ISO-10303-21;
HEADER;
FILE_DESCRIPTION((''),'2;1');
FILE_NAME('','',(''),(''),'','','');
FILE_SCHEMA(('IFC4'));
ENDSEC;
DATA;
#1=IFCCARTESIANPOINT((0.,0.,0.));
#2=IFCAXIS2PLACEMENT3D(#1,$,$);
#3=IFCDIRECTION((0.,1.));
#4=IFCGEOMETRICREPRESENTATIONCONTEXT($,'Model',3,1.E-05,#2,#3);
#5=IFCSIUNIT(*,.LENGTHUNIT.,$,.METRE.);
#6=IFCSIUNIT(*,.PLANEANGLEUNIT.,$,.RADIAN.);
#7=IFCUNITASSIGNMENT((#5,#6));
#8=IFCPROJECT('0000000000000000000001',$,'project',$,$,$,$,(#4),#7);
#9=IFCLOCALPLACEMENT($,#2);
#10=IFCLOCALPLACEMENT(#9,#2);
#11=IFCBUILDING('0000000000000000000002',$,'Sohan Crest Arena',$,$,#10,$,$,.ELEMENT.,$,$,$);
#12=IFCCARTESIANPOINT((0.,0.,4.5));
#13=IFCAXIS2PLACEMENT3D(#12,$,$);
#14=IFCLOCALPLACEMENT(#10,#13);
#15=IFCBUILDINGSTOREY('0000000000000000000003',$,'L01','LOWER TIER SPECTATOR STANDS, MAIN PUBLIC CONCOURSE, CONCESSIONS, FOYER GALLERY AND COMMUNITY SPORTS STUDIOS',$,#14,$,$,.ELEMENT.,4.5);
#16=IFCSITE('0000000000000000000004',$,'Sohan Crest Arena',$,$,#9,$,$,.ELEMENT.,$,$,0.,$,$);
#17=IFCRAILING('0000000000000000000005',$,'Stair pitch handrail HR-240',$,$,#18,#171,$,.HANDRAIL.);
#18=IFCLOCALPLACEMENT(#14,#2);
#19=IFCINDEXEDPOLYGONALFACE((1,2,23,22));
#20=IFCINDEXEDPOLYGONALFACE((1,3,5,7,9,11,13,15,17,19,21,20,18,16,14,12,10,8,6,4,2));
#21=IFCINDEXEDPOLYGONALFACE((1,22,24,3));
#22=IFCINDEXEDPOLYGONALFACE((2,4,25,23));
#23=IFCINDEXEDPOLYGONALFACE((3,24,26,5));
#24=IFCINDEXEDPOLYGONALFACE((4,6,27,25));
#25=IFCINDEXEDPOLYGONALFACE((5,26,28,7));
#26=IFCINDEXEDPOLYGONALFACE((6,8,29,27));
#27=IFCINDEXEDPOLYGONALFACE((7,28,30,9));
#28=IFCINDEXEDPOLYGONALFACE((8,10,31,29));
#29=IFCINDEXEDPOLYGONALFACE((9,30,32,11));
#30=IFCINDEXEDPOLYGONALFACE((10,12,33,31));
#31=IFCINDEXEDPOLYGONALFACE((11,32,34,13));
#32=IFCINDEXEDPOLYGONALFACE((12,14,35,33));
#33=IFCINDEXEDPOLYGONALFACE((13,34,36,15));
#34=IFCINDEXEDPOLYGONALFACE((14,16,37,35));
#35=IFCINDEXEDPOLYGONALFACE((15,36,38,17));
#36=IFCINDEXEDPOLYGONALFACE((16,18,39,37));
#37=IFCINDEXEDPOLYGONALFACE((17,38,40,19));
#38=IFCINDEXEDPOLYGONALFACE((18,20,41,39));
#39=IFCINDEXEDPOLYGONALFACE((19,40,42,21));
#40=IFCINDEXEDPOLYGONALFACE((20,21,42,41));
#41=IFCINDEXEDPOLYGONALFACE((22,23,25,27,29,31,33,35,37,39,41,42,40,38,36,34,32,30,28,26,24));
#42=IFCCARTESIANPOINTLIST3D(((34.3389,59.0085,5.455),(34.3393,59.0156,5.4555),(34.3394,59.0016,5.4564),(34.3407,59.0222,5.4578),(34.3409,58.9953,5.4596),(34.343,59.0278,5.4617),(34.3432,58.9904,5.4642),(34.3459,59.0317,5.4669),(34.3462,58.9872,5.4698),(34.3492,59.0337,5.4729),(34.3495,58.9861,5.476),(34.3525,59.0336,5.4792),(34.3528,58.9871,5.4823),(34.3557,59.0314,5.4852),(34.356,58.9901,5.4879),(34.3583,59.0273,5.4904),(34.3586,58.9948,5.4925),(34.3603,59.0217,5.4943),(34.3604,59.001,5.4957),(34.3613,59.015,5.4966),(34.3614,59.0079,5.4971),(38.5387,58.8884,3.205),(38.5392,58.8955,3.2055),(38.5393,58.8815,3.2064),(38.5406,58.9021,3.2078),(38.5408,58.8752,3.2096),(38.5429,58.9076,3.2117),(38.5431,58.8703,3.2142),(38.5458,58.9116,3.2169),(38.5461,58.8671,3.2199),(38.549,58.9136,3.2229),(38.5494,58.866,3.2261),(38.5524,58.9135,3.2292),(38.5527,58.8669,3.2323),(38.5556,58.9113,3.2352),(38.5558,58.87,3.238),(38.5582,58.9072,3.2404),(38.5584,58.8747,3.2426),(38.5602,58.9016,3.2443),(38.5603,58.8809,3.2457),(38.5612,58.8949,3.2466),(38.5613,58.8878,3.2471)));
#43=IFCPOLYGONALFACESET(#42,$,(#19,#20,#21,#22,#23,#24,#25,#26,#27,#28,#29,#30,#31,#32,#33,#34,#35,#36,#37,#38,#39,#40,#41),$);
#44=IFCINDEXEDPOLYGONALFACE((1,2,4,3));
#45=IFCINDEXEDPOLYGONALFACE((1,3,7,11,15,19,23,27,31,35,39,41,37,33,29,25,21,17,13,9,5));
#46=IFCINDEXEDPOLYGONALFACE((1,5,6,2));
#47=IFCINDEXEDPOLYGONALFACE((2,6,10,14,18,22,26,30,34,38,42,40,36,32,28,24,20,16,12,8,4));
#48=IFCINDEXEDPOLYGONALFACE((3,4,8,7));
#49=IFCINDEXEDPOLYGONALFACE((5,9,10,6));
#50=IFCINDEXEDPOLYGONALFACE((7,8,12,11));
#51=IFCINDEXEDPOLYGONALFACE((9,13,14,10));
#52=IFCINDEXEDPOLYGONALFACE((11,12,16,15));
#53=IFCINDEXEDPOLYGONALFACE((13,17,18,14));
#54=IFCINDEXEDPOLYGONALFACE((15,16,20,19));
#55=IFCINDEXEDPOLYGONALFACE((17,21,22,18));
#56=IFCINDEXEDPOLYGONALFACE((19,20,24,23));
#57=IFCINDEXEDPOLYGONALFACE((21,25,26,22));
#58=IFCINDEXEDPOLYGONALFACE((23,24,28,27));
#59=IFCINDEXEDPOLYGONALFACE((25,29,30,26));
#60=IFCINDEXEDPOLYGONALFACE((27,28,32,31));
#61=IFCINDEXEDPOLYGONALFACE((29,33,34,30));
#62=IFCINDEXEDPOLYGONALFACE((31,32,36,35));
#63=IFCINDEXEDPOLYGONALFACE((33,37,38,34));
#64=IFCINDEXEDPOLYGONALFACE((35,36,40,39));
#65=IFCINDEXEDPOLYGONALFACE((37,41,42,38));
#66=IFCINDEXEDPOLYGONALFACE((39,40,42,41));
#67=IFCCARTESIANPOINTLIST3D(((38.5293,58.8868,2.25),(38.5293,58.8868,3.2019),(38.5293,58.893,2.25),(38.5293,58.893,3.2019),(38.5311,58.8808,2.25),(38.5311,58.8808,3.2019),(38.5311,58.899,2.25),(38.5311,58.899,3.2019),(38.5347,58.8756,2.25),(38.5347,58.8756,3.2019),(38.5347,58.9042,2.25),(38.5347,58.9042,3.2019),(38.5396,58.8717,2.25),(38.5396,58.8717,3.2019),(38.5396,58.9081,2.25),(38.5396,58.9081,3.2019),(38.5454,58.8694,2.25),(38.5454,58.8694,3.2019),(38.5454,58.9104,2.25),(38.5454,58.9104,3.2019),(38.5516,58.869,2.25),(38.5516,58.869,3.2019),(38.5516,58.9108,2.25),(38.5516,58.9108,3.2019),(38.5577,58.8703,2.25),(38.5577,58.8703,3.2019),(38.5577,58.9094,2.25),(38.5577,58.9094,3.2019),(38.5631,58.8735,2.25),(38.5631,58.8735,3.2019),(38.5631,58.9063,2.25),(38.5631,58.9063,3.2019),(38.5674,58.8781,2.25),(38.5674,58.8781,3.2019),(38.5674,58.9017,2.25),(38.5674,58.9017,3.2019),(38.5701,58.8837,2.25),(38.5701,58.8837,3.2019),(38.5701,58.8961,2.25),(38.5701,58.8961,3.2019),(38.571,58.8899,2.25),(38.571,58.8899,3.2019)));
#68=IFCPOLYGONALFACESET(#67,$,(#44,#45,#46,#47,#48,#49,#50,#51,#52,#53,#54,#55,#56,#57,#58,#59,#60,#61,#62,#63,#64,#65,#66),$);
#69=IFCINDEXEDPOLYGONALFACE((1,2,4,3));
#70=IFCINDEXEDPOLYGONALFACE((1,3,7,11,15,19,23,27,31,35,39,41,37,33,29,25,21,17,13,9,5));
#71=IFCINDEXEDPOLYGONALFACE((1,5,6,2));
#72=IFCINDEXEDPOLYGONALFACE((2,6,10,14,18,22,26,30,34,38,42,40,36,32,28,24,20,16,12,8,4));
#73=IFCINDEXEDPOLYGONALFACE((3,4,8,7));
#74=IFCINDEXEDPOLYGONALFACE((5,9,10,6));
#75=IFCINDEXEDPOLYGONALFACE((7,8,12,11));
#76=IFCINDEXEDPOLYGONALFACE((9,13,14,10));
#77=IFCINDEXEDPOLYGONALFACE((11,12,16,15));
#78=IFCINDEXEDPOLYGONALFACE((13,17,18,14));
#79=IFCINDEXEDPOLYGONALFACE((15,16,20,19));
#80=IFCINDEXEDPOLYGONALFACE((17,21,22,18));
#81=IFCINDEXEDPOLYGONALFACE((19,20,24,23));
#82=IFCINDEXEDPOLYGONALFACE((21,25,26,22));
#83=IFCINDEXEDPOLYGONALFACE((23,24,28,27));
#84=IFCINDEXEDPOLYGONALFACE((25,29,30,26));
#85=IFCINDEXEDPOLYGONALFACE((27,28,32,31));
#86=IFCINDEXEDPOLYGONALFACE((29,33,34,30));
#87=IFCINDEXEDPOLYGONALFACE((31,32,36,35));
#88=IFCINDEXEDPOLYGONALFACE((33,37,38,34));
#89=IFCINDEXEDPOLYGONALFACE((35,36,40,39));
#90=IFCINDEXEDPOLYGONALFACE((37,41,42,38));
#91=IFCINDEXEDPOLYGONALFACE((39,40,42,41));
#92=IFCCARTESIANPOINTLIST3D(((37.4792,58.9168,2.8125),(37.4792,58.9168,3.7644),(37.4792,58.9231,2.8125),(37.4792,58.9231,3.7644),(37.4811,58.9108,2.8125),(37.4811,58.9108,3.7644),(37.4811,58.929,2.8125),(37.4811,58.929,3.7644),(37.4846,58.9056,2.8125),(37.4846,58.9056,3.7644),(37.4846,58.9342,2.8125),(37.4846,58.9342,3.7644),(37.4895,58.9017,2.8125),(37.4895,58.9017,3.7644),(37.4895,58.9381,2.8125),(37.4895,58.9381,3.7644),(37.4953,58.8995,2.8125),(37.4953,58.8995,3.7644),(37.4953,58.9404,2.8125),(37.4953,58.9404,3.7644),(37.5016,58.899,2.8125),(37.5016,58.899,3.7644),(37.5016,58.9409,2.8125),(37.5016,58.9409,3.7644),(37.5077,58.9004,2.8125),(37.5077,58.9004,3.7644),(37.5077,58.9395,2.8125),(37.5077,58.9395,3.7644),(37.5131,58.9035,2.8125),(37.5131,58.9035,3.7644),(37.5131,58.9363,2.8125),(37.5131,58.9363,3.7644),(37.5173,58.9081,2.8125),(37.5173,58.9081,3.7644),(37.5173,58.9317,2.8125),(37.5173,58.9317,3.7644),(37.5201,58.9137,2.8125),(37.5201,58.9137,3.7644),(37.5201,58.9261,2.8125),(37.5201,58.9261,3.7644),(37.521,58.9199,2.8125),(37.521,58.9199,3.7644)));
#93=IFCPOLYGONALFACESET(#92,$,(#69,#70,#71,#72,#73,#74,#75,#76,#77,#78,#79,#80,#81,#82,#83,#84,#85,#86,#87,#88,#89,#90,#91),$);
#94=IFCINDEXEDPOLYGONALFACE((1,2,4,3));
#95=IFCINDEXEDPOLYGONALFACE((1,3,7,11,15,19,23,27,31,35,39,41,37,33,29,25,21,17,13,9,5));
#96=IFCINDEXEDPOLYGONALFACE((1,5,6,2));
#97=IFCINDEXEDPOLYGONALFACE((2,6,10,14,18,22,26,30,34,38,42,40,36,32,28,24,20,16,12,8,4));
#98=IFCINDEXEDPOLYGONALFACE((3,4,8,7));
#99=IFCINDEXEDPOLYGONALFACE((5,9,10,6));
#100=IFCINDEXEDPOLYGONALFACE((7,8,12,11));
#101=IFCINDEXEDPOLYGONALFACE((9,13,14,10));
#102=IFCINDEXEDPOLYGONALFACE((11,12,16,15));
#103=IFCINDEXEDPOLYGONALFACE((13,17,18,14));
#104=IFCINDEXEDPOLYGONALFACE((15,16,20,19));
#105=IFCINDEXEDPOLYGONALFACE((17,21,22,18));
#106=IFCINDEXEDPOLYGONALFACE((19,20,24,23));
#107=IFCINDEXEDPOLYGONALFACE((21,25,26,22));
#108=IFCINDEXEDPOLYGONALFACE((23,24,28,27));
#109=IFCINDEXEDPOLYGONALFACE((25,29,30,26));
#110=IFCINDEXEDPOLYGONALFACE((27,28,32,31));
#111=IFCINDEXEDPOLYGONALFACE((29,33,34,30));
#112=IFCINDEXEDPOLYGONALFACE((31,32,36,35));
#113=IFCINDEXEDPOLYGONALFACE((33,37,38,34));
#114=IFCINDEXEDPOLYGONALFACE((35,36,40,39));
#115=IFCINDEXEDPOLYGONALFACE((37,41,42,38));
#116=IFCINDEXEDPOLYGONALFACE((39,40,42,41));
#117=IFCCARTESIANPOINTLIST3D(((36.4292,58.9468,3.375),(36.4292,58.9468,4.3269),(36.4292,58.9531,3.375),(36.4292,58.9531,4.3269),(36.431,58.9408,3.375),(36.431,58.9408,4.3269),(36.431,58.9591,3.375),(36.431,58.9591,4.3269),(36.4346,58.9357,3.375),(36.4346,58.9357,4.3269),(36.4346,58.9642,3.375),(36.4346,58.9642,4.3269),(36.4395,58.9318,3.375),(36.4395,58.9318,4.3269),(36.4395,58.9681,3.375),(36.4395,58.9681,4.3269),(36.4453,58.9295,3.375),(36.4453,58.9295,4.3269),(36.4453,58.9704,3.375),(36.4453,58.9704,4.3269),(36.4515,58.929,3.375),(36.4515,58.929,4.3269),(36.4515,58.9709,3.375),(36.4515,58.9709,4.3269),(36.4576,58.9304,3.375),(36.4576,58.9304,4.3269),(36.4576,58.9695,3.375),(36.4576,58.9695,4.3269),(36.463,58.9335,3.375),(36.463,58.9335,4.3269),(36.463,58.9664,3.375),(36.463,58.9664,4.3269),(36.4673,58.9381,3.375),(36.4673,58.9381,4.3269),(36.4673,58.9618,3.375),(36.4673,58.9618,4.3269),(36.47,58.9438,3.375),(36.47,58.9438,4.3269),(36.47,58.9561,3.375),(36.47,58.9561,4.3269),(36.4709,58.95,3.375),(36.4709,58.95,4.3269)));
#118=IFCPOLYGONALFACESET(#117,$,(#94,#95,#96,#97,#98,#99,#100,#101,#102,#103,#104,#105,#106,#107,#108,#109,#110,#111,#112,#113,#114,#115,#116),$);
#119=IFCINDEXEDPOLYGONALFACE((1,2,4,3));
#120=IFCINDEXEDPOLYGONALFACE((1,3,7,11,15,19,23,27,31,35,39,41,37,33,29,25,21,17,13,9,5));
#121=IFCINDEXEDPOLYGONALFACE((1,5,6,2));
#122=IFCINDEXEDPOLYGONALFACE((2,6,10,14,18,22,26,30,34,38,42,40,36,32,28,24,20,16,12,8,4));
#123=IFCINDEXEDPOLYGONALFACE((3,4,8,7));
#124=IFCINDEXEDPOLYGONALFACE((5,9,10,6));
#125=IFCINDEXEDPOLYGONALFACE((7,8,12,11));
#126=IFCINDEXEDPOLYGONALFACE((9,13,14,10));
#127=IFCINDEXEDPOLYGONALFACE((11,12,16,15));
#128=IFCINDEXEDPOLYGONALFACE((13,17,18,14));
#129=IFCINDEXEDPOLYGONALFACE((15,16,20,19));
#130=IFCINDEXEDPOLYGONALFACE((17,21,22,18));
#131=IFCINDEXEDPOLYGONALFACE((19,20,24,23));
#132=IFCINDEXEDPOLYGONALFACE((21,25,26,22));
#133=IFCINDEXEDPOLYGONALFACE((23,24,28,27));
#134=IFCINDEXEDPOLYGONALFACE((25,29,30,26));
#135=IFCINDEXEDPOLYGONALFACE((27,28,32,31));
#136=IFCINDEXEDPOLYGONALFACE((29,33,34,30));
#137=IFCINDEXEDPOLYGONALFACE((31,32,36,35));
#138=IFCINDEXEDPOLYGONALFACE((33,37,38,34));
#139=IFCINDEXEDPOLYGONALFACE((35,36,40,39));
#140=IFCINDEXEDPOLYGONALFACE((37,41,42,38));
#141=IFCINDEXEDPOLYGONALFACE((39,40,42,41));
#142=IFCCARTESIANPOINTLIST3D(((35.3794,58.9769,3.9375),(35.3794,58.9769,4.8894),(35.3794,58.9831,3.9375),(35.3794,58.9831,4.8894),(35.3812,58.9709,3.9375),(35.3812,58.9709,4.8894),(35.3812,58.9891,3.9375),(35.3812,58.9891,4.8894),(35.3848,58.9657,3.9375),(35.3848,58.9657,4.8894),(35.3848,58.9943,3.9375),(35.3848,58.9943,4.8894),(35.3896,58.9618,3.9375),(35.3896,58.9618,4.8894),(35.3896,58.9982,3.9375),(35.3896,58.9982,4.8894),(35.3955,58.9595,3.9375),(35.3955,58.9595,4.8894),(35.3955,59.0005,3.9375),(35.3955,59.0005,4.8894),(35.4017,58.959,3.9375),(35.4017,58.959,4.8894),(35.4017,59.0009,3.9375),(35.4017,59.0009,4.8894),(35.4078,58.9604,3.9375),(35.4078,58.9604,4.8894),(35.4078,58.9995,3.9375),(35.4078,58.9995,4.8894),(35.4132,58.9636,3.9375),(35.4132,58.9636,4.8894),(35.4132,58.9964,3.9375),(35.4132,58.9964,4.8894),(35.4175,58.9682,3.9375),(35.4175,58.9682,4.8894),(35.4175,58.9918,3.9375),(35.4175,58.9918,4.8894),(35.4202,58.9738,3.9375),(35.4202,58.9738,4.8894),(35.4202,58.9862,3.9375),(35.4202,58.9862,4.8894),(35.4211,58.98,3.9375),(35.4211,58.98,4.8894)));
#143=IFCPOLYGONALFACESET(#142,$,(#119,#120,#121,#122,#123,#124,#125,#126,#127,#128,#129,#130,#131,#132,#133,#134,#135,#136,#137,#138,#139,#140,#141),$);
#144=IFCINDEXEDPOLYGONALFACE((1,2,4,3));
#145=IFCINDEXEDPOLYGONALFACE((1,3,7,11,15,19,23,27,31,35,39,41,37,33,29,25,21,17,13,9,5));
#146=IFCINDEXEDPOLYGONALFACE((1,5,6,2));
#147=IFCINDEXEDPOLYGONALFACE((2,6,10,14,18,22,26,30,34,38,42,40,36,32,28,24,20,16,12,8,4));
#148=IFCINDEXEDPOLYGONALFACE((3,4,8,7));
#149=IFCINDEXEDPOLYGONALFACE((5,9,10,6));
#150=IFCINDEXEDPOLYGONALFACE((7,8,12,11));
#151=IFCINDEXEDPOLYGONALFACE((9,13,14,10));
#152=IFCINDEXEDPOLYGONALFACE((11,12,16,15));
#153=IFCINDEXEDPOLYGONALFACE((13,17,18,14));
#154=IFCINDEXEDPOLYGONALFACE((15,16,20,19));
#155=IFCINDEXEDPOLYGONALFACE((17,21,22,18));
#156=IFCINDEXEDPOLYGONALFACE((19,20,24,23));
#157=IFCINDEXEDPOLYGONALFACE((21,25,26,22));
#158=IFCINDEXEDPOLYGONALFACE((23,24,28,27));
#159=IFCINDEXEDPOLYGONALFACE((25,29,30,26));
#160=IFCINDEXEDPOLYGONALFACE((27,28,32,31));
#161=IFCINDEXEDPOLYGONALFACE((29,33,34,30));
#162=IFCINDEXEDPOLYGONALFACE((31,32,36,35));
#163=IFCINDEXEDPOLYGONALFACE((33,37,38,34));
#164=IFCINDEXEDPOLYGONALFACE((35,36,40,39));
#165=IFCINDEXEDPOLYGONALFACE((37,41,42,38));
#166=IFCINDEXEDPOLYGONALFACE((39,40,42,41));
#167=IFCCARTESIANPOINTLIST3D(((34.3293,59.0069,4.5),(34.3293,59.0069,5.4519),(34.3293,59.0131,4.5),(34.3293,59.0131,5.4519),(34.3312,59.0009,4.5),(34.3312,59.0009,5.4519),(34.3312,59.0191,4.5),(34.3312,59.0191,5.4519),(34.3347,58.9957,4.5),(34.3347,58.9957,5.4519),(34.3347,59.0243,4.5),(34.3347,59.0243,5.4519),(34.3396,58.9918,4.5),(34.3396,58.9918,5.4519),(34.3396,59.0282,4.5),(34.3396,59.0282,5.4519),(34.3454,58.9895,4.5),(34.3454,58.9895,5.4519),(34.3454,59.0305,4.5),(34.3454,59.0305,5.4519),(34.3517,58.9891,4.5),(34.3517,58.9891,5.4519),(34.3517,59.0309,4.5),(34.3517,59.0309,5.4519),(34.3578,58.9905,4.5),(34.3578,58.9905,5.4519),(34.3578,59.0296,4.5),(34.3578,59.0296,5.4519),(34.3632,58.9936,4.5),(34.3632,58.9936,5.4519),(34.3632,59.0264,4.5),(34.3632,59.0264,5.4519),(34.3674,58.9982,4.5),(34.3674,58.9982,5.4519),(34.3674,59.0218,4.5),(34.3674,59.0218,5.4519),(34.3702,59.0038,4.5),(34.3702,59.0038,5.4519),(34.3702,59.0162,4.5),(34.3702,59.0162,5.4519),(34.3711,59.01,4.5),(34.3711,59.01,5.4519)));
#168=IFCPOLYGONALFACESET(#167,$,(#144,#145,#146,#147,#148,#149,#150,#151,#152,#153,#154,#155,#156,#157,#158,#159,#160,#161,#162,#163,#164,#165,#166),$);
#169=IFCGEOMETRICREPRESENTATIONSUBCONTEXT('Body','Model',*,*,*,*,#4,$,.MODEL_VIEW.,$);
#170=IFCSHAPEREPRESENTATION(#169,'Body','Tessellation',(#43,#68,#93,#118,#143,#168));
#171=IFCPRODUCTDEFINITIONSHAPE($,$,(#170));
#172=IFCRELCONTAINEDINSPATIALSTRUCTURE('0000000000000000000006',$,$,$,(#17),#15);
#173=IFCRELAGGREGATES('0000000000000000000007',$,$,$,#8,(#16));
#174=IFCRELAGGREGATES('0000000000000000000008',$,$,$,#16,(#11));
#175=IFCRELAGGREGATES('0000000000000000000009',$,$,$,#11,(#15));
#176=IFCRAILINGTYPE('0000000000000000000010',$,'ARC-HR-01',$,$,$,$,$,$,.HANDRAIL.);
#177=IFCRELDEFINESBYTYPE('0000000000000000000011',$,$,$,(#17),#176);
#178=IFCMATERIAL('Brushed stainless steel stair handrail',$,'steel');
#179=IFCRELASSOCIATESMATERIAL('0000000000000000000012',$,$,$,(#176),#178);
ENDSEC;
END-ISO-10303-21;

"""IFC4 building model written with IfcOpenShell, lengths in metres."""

from ifc_helpers import new_model, si_unit, direction, frame, origin, origin_2d, place, context, subcontext, project, spatial, circle, extrude, material, type_object, element, save


model = new_model("IFC4")

# Units and contexts
model_context = context("Model", 3, precision=1e-05, world=origin(), true_north=direction((0.0, 1.0)))
body_context = subcontext(model_context, "Body", "Model", "MODEL_VIEW")
ifc_project = project(units=[si_unit("LENGTHUNIT", "METRE"), si_unit("PLANEANGLEUNIT", "RADIAN")], contexts=[model_context])

# Site, building, storey
site_placement = place(None, origin())
site = spatial("IfcSite", under=ifc_project, at=site_placement, Name="Sohan Crest Arena", CompositionType="ELEMENT", RefElevation=0.0)
building_placement = place(site_placement, origin())
building = spatial("IfcBuilding", under=site, at=building_placement, Name="Sohan Crest Arena", CompositionType="ELEMENT")
storey_placement = place(building_placement, frame((0.0, 0.0, 4.5)))
storey = spatial("IfcBuildingStorey", under=building, at=storey_placement, Name="L01", Description="LOWER TIER SPECTATOR STANDS, MAIN PUBLIC CONCOURSE, CONCESSIONS, FOYER GALLERY AND COMMUNITY SPORTS STUDIOS", CompositionType="ELEMENT", Elevation=4.5)

# Railing
ifc_material_1 = material(Name="Brushed stainless steel stair handrail", Category="steel")
railing_type_1 = type_object("IfcRailingType", Name="ARC-HR-01", PredefinedType="HANDRAIL", material=ifc_material_1)
railing_1_placement = place(storey_placement, frame((38.55, 58.8899, 2.25)))
element("IfcRailing", 1, at=railing_1_placement, inside=storey, type_object=railing_type_1, Name="Stair pitch handrail HR-240", PredefinedType="HANDRAIL", context=body_context, shape_type="SweptSolid", body=[
    extrude(circle(Radius=0.0239, at=origin_2d()), frame((0.0, 0.0, 0.9761), z_axis=(-0.881198, 0.025202, 0.472076), x_axis=(-0.028588, -0.999591, 0.0)), (0.0, 0.0, 1.0), 4.7661),
    extrude(circle(Radius=0.021, at=origin_2d()), origin(), (0.0, 0.0, 1.0), 0.9519),
    extrude(circle(Radius=0.021, at=origin_2d()), frame((-1.05, 0.03, 0.5625)), (0.0, 0.0, 1.0), 0.9519),
    extrude(circle(Radius=0.021, at=origin_2d()), frame((-2.1001, 0.0601, 1.125)), (0.0, 0.0, 1.0), 0.9519),
    extrude(circle(Radius=0.021, at=origin_2d()), frame((-3.1499, 0.0901, 1.6875)), (0.0, 0.0, 1.0), 0.9519),
    extrude(circle(Radius=0.021, at=origin_2d()), frame((-4.2, 0.1201, 2.25)), (0.0, 0.0, 1.0), 0.9519),
])

save(model, "model.ifc")
